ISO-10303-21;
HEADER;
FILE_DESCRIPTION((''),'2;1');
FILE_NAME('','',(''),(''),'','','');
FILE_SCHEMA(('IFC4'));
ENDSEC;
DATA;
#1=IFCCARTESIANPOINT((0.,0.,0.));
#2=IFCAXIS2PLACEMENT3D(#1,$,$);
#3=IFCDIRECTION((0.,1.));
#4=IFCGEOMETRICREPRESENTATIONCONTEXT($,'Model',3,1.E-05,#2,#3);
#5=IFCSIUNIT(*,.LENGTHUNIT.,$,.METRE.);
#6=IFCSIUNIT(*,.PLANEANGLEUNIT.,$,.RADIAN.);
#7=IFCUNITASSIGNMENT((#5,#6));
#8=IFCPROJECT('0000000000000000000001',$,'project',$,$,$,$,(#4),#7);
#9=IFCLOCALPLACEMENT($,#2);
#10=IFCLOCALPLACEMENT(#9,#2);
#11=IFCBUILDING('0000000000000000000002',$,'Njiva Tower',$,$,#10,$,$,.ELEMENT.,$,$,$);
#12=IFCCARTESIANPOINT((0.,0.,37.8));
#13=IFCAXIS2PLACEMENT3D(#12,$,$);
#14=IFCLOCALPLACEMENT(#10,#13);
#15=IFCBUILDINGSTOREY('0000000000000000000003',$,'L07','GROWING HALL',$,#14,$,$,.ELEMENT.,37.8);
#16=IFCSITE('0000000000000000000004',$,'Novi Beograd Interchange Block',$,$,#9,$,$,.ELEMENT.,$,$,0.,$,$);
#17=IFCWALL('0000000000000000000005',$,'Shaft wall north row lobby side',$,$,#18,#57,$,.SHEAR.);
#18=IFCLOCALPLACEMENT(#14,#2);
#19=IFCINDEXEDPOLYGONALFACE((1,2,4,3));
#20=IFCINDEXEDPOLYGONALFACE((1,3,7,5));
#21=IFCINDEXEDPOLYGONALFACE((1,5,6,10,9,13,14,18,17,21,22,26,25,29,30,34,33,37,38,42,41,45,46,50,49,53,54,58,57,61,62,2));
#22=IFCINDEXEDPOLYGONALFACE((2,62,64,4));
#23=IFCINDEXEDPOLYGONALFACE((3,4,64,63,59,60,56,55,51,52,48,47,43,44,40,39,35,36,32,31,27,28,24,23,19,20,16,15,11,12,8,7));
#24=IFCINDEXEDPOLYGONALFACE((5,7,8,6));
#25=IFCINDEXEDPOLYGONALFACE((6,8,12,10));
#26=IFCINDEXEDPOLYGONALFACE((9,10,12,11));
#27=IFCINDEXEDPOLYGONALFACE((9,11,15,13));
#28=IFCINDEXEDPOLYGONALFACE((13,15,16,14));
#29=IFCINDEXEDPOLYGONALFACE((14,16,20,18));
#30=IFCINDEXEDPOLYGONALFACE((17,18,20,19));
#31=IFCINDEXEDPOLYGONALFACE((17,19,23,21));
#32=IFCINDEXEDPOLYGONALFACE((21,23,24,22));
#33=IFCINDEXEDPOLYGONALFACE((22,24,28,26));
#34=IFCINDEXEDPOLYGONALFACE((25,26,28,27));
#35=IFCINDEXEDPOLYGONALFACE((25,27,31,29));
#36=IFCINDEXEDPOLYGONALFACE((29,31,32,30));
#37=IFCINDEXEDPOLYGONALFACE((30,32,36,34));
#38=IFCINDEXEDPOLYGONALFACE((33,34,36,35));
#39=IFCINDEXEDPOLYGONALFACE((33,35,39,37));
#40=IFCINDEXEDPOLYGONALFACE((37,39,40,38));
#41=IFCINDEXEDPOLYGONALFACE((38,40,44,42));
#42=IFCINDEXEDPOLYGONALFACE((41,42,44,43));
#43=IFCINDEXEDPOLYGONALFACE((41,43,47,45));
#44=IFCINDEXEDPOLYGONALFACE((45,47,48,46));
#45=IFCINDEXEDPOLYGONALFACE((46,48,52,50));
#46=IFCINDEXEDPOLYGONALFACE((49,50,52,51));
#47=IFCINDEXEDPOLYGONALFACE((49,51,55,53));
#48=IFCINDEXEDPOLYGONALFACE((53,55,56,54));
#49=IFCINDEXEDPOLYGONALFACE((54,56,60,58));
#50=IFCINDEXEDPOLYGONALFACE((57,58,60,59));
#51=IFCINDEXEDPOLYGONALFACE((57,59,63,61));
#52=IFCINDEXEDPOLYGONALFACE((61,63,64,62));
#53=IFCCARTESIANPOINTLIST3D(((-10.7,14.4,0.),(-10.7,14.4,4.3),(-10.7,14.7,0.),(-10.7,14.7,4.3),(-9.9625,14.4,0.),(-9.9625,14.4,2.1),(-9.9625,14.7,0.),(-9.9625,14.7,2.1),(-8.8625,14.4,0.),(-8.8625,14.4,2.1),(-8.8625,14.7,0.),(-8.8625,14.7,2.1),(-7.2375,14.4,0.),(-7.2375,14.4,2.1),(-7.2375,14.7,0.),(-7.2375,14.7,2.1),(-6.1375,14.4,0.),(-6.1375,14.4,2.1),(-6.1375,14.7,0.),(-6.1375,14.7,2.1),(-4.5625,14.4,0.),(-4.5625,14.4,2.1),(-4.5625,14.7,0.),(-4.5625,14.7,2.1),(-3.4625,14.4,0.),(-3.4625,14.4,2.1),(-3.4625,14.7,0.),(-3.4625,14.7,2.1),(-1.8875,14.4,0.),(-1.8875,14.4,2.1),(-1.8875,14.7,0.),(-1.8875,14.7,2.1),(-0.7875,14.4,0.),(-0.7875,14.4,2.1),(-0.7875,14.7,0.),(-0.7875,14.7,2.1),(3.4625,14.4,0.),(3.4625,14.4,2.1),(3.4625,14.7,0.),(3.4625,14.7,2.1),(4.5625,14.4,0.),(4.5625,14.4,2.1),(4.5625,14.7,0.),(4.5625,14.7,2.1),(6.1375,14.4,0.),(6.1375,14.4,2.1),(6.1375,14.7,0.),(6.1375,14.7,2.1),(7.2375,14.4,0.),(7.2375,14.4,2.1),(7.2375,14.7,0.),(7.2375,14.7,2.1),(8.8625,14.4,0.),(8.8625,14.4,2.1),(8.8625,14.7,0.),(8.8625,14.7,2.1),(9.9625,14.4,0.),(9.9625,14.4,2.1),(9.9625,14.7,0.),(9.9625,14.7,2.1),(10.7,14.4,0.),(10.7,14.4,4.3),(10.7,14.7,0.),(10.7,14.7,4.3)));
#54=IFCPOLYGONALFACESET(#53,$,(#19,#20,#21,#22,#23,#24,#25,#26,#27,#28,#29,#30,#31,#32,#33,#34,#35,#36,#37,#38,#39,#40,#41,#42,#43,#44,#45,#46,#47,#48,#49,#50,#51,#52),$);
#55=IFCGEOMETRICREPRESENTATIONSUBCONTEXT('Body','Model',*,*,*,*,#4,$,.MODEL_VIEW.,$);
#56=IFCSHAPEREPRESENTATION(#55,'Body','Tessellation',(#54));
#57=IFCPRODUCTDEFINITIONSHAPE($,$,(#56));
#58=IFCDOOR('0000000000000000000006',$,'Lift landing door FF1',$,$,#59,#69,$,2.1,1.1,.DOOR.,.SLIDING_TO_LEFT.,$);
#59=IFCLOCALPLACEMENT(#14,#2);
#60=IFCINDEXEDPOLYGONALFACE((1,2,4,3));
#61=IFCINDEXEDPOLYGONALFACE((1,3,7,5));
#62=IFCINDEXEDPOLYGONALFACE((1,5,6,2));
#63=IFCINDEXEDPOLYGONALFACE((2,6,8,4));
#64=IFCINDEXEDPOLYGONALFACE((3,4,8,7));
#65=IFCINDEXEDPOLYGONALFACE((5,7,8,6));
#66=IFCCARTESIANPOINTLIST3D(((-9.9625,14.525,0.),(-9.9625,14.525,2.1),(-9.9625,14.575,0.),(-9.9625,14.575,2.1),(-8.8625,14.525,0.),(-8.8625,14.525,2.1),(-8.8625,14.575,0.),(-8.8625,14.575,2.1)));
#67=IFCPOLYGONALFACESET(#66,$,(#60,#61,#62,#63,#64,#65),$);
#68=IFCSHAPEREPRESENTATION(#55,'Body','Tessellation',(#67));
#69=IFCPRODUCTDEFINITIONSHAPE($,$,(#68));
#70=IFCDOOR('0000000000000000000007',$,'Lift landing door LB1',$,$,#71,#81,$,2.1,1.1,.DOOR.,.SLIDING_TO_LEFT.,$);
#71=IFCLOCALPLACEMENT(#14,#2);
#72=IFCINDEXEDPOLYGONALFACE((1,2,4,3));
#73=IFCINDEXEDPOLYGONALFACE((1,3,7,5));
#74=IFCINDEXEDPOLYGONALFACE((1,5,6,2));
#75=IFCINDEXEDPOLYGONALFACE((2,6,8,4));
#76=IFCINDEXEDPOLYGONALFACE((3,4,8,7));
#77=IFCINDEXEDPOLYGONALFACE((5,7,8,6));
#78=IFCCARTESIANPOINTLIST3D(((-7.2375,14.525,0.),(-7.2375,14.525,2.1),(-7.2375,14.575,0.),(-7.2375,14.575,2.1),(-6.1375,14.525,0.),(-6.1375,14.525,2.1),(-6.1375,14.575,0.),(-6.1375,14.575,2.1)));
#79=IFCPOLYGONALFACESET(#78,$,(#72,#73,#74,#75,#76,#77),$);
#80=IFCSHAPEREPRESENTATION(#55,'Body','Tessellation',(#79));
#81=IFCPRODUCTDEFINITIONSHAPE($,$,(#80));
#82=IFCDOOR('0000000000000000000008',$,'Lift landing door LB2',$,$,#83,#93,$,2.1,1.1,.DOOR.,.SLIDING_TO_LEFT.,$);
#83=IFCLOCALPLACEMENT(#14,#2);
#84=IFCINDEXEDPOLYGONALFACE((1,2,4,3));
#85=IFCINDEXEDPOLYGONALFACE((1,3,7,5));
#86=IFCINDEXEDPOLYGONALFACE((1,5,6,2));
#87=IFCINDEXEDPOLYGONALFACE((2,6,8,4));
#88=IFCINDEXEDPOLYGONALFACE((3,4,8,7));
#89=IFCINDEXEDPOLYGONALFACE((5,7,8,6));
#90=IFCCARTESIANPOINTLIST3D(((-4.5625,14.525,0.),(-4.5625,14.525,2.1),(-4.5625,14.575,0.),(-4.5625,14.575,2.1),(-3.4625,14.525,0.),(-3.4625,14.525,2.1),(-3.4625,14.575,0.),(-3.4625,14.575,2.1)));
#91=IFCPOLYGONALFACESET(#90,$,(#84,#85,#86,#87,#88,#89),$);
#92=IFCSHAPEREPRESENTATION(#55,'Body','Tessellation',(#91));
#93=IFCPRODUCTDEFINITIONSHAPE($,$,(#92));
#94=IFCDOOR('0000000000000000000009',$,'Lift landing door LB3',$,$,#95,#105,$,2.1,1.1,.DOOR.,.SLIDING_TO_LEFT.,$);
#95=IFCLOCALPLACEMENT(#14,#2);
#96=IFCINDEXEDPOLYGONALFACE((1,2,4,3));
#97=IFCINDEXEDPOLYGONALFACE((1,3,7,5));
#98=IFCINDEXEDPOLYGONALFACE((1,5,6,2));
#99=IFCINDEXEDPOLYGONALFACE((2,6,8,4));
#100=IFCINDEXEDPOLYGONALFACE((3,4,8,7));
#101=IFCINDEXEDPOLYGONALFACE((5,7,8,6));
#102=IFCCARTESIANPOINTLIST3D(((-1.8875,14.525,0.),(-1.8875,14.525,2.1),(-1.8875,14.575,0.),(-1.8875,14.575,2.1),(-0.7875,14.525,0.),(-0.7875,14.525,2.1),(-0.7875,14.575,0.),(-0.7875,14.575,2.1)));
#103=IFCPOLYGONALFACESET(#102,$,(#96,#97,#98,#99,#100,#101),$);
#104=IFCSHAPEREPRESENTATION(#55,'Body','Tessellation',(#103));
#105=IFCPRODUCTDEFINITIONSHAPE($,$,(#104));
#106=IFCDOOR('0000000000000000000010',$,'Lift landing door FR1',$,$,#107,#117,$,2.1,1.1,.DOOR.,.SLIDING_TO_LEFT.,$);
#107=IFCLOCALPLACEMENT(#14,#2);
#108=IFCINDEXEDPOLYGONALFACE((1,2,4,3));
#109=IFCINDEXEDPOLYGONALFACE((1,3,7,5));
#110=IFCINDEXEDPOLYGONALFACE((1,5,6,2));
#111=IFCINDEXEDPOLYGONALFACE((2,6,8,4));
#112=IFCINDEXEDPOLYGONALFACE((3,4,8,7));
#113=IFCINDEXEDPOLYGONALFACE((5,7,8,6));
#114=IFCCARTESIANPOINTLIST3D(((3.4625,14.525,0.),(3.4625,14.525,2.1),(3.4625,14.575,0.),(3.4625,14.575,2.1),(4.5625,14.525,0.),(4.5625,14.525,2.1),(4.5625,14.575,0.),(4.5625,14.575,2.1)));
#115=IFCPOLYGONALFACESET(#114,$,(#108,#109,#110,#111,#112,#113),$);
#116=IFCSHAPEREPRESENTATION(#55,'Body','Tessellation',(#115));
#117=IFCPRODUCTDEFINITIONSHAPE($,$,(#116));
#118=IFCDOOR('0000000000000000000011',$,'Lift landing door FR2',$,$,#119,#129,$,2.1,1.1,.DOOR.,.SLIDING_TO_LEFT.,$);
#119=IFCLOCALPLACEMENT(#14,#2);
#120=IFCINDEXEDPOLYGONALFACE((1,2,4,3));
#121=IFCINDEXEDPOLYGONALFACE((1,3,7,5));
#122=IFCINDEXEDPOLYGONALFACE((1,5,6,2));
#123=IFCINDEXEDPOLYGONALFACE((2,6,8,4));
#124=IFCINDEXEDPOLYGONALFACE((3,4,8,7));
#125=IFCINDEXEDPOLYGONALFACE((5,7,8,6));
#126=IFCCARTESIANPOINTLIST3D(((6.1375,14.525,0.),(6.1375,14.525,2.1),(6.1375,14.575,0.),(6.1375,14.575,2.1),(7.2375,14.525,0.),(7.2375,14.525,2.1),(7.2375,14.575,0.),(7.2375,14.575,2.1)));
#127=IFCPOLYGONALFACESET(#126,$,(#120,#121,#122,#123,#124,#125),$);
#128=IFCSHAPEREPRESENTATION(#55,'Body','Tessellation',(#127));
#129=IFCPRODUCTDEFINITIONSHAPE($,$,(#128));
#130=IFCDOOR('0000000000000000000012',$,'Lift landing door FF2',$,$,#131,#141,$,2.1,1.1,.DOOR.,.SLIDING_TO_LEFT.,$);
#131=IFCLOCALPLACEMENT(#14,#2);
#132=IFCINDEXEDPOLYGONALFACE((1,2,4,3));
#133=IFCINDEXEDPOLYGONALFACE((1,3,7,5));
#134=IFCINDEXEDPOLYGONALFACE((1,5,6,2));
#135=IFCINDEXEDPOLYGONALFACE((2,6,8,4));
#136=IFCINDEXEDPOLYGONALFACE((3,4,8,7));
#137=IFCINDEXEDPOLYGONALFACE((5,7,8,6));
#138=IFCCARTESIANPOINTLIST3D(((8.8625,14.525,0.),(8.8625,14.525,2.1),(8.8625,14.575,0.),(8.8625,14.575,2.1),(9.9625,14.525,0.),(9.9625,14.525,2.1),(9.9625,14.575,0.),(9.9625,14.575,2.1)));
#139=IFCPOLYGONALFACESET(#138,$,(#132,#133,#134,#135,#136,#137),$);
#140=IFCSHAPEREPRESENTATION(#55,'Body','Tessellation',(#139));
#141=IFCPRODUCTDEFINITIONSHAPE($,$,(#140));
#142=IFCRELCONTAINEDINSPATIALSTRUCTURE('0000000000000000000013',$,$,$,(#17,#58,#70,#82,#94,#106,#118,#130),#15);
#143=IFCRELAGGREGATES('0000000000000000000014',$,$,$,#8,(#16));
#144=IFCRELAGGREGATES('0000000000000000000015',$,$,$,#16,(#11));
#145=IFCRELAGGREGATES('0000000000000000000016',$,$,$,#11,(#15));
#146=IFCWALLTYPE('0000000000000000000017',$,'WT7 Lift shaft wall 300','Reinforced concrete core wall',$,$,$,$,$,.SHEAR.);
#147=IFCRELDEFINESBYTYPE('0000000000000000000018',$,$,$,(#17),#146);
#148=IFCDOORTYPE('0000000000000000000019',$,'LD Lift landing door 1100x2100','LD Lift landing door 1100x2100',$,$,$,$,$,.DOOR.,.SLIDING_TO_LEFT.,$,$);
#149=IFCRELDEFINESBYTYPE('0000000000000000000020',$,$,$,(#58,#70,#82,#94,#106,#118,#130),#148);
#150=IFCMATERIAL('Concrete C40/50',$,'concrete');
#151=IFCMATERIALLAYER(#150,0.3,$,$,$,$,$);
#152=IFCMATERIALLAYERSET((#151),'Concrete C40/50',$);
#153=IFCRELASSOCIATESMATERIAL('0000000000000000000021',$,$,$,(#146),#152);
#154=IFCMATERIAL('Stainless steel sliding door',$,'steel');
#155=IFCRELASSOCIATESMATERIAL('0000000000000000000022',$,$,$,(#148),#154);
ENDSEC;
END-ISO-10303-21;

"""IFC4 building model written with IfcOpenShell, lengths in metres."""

from ifc_helpers import new_model, si_unit, direction, frame, frame_2d, origin, place, context, subcontext, project, spatial, rectangle, extrude, material, layer, layer_set, type_object, element, fill, save


model = new_model("IFC4")

# Units and contexts
model_context = context("Model", 3, precision=1e-05, world=origin(), true_north=direction((0.0, 1.0)))
body_context = subcontext(model_context, "Body", "Model", "MODEL_VIEW")
ifc_project = project(units=[si_unit("LENGTHUNIT", "METRE"), si_unit("PLANEANGLEUNIT", "RADIAN")], contexts=[model_context])

# Site, building, storey
site_placement = place(None, origin())
site = spatial("IfcSite", under=ifc_project, at=site_placement, Name="Novi Beograd Interchange Block", CompositionType="ELEMENT", RefElevation=0.0)
building_placement = place(site_placement, origin())
building = spatial("IfcBuilding", under=site, at=building_placement, Name="Njiva Tower", CompositionType="ELEMENT")
storey_placement = place(building_placement, frame((0.0, 0.0, 37.8)))
storey = spatial("IfcBuildingStorey", under=building, at=storey_placement, Name="L07", Description="GROWING HALL", CompositionType="ELEMENT", Elevation=37.8)

# Shared definitions
ifc_material_1 = material(Name="Concrete C40/50", Category="concrete")

# Wall, openings, doors
ifc_layer_1 = layer(ifc_material_1, 0.3)
ifc_layer_set_1 = layer_set([ifc_layer_1], Name="Concrete C40/50")
wall_type_1 = type_object("IfcWallType", Name="WT7 Lift shaft wall 300", Description="Reinforced concrete core wall", PredefinedType="SHEAR", material=ifc_layer_set_1)
wall_1_placement = place(storey_placement, frame((-10.7, 14.55, 0.0), z_axis=(0.0, 0.0, 1.0), x_axis=(1.0, 0.0, 0.0)))
wall_1 = element("IfcWall", 1, at=wall_1_placement, inside=storey, type_object=wall_type_1, Name="Shaft wall north row lobby side", PredefinedType="SHEAR", context=body_context, shape_type="SweptSolid", body=[
    extrude(rectangle(XDim=21.4, YDim=0.3, at=frame_2d((10.7, 0.0))), origin(), (0.0, 0.0, 1.0), 4.3),
])
opening_1_placement = place(wall_1_placement, frame((0.7375, 0.0, 0.0)))
opening_1 = element("IfcOpeningElement", 2, at=opening_1_placement, cuts=wall_1, PredefinedType="OPENING", context=body_context, shape_type="SweptSolid", body=[
    extrude(rectangle(XDim=1.1, YDim=2.1, at=frame_2d((0.55, 1.05))), frame((0.0, 0.16, 0.0), z_axis=(0.0, -1.0, 0.0), x_axis=(1.0, 0.0, 0.0)), (0.0, 0.0, 1.0), 0.32),
])
opening_2_placement = place(wall_1_placement, frame((3.4625, 0.0, 0.0)))
opening_2 = element("IfcOpeningElement", 3, at=opening_2_placement, cuts=wall_1, PredefinedType="OPENING", context=body_context, shape_type="SweptSolid", body=[
    extrude(rectangle(XDim=1.1, YDim=2.1, at=frame_2d((0.55, 1.05))), frame((0.0, 0.16, 0.0), z_axis=(0.0, -1.0, 0.0), x_axis=(1.0, 0.0, 0.0)), (0.0, 0.0, 1.0), 0.32),
])
opening_3_placement = place(wall_1_placement, frame((6.1375, 0.0, 0.0)))
opening_3 = element("IfcOpeningElement", 4, at=opening_3_placement, cuts=wall_1, PredefinedType="OPENING", context=body_context, shape_type="SweptSolid", body=[
    extrude(rectangle(XDim=1.1, YDim=2.1, at=frame_2d((0.55, 1.05))), frame((0.0, 0.16, 0.0), z_axis=(0.0, -1.0, 0.0), x_axis=(1.0, 0.0, 0.0)), (0.0, 0.0, 1.0), 0.32),
])
opening_4_placement = place(wall_1_placement, frame((8.8125, 0.0, 0.0)))
opening_4 = element("IfcOpeningElement", 5, at=opening_4_placement, cuts=wall_1, PredefinedType="OPENING", context=body_context, shape_type="SweptSolid", body=[
    extrude(rectangle(XDim=1.1, YDim=2.1, at=frame_2d((0.55, 1.05))), frame((0.0, 0.16, 0.0), z_axis=(0.0, -1.0, 0.0), x_axis=(1.0, 0.0, 0.0)), (0.0, 0.0, 1.0), 0.32),
])
opening_5_placement = place(wall_1_placement, frame((14.1625, 0.0, 0.0)))
opening_5 = element("IfcOpeningElement", 6, at=opening_5_placement, cuts=wall_1, PredefinedType="OPENING", context=body_context, shape_type="SweptSolid", body=[
    extrude(rectangle(XDim=1.1, YDim=2.1, at=frame_2d((0.55, 1.05))), frame((0.0, 0.16, 0.0), z_axis=(0.0, -1.0, 0.0), x_axis=(1.0, 0.0, 0.0)), (0.0, 0.0, 1.0), 0.32),
])
opening_6_placement = place(wall_1_placement, frame((16.8375, 0.0, 0.0)))
opening_6 = element("IfcOpeningElement", 7, at=opening_6_placement, cuts=wall_1, PredefinedType="OPENING", context=body_context, shape_type="SweptSolid", body=[
    extrude(rectangle(XDim=1.1, YDim=2.1, at=frame_2d((0.55, 1.05))), frame((0.0, 0.16, 0.0), z_axis=(0.0, -1.0, 0.0), x_axis=(1.0, 0.0, 0.0)), (0.0, 0.0, 1.0), 0.32),
])
opening_7_placement = place(wall_1_placement, frame((19.5625, 0.0, 0.0)))
opening_7 = element("IfcOpeningElement", 8, at=opening_7_placement, cuts=wall_1, PredefinedType="OPENING", context=body_context, shape_type="SweptSolid", body=[
    extrude(rectangle(XDim=1.1, YDim=2.1, at=frame_2d((0.55, 1.05))), frame((0.0, 0.16, 0.0), z_axis=(0.0, -1.0, 0.0), x_axis=(1.0, 0.0, 0.0)), (0.0, 0.0, 1.0), 0.32),
])
ifc_material_2 = material(Name="Stainless steel sliding door", Category="steel")
door_type_1 = type_object("IfcDoorType", Name="LD Lift landing door 1100x2100", Description="LD Lift landing door 1100x2100", OperationType="SLIDING_TO_LEFT", PredefinedType="DOOR", material=ifc_material_2)
door_1_placement = place(opening_1_placement, origin())
door_1 = element("IfcDoor", 9, at=door_1_placement, inside=storey, type_object=door_type_1, Name="Lift landing door FF1", OperationType="SLIDING_TO_LEFT", OverallHeight=2.1, OverallWidth=1.1, PredefinedType="DOOR", context=body_context, shape_type="SweptSolid", body=[
    extrude(rectangle(XDim=1.1, YDim=2.1, at=frame_2d((0.55, 1.05))), frame((0.0, 0.025, 0.0), z_axis=(0.0, -1.0, 0.0), x_axis=(1.0, 0.0, 0.0)), (0.0, 0.0, 1.0), 0.05),
])
fill(opening_1, door_1)
door_2_placement = place(opening_2_placement, origin())
door_2 = element("IfcDoor", 10, at=door_2_placement, inside=storey, type_object=door_type_1, Name="Lift landing door LB1", OperationType="SLIDING_TO_LEFT", OverallHeight=2.1, OverallWidth=1.1, PredefinedType="DOOR", context=body_context, shape_type="SweptSolid", body=[
    extrude(rectangle(XDim=1.1, YDim=2.1, at=frame_2d((0.55, 1.05))), frame((0.0, 0.025, 0.0), z_axis=(0.0, -1.0, 0.0), x_axis=(1.0, 0.0, 0.0)), (0.0, 0.0, 1.0), 0.05),
])
fill(opening_2, door_2)
door_3_placement = place(opening_3_placement, origin())
door_3 = element("IfcDoor", 11, at=door_3_placement, inside=storey, type_object=door_type_1, Name="Lift landing door LB2", OperationType="SLIDING_TO_LEFT", OverallHeight=2.1, OverallWidth=1.1, PredefinedType="DOOR", context=body_context, shape_type="SweptSolid", body=[
    extrude(rectangle(XDim=1.1, YDim=2.1, at=frame_2d((0.55, 1.05))), frame((0.0, 0.025, 0.0), z_axis=(0.0, -1.0, 0.0), x_axis=(1.0, 0.0, 0.0)), (0.0, 0.0, 1.0), 0.05),
])
fill(opening_3, door_3)
door_4_placement = place(opening_4_placement, origin())
door_4 = element("IfcDoor", 12, at=door_4_placement, inside=storey, type_object=door_type_1, Name="Lift landing door LB3", OperationType="SLIDING_TO_LEFT", OverallHeight=2.1, OverallWidth=1.1, PredefinedType="DOOR", context=body_context, shape_type="SweptSolid", body=[
    extrude(rectangle(XDim=1.1, YDim=2.1, at=frame_2d((0.55, 1.05))), frame((0.0, 0.025, 0.0), z_axis=(0.0, -1.0, 0.0), x_axis=(1.0, 0.0, 0.0)), (0.0, 0.0, 1.0), 0.05),
])
fill(opening_4, door_4)
door_5_placement = place(opening_5_placement, origin())
door_5 = element("IfcDoor", 13, at=door_5_placement, inside=storey, type_object=door_type_1, Name="Lift landing door FR1", OperationType="SLIDING_TO_LEFT", OverallHeight=2.1, OverallWidth=1.1, PredefinedType="DOOR", context=body_context, shape_type="SweptSolid", body=[
    extrude(rectangle(XDim=1.1, YDim=2.1, at=frame_2d((0.55, 1.05))), frame((0.0, 0.025, 0.0), z_axis=(0.0, -1.0, 0.0), x_axis=(1.0, 0.0, 0.0)), (0.0, 0.0, 1.0), 0.05),
])
fill(opening_5, door_5)
door_6_placement = place(opening_6_placement, origin())
door_6 = element("IfcDoor", 14, at=door_6_placement, inside=storey, type_object=door_type_1, Name="Lift landing door FR2", OperationType="SLIDING_TO_LEFT", OverallHeight=2.1, OverallWidth=1.1, PredefinedType="DOOR", context=body_context, shape_type="SweptSolid", body=[
    extrude(rectangle(XDim=1.1, YDim=2.1, at=frame_2d((0.55, 1.05))), frame((0.0, 0.025, 0.0), z_axis=(0.0, -1.0, 0.0), x_axis=(1.0, 0.0, 0.0)), (0.0, 0.0, 1.0), 0.05),
])
fill(opening_6, door_6)
door_7_placement = place(opening_7_placement, origin())
door_7 = element("IfcDoor", 15, at=door_7_placement, inside=storey, type_object=door_type_1, Name="Lift landing door FF2", OperationType="SLIDING_TO_LEFT", OverallHeight=2.1, OverallWidth=1.1, PredefinedType="DOOR", context=body_context, shape_type="SweptSolid", body=[
    extrude(rectangle(XDim=1.1, YDim=2.1, at=frame_2d((0.55, 1.05))), frame((0.0, 0.025, 0.0), z_axis=(0.0, -1.0, 0.0), x_axis=(1.0, 0.0, 0.0)), (0.0, 0.0, 1.0), 0.05),
])
fill(opening_7, door_7)

save(model, "model.ifc")
